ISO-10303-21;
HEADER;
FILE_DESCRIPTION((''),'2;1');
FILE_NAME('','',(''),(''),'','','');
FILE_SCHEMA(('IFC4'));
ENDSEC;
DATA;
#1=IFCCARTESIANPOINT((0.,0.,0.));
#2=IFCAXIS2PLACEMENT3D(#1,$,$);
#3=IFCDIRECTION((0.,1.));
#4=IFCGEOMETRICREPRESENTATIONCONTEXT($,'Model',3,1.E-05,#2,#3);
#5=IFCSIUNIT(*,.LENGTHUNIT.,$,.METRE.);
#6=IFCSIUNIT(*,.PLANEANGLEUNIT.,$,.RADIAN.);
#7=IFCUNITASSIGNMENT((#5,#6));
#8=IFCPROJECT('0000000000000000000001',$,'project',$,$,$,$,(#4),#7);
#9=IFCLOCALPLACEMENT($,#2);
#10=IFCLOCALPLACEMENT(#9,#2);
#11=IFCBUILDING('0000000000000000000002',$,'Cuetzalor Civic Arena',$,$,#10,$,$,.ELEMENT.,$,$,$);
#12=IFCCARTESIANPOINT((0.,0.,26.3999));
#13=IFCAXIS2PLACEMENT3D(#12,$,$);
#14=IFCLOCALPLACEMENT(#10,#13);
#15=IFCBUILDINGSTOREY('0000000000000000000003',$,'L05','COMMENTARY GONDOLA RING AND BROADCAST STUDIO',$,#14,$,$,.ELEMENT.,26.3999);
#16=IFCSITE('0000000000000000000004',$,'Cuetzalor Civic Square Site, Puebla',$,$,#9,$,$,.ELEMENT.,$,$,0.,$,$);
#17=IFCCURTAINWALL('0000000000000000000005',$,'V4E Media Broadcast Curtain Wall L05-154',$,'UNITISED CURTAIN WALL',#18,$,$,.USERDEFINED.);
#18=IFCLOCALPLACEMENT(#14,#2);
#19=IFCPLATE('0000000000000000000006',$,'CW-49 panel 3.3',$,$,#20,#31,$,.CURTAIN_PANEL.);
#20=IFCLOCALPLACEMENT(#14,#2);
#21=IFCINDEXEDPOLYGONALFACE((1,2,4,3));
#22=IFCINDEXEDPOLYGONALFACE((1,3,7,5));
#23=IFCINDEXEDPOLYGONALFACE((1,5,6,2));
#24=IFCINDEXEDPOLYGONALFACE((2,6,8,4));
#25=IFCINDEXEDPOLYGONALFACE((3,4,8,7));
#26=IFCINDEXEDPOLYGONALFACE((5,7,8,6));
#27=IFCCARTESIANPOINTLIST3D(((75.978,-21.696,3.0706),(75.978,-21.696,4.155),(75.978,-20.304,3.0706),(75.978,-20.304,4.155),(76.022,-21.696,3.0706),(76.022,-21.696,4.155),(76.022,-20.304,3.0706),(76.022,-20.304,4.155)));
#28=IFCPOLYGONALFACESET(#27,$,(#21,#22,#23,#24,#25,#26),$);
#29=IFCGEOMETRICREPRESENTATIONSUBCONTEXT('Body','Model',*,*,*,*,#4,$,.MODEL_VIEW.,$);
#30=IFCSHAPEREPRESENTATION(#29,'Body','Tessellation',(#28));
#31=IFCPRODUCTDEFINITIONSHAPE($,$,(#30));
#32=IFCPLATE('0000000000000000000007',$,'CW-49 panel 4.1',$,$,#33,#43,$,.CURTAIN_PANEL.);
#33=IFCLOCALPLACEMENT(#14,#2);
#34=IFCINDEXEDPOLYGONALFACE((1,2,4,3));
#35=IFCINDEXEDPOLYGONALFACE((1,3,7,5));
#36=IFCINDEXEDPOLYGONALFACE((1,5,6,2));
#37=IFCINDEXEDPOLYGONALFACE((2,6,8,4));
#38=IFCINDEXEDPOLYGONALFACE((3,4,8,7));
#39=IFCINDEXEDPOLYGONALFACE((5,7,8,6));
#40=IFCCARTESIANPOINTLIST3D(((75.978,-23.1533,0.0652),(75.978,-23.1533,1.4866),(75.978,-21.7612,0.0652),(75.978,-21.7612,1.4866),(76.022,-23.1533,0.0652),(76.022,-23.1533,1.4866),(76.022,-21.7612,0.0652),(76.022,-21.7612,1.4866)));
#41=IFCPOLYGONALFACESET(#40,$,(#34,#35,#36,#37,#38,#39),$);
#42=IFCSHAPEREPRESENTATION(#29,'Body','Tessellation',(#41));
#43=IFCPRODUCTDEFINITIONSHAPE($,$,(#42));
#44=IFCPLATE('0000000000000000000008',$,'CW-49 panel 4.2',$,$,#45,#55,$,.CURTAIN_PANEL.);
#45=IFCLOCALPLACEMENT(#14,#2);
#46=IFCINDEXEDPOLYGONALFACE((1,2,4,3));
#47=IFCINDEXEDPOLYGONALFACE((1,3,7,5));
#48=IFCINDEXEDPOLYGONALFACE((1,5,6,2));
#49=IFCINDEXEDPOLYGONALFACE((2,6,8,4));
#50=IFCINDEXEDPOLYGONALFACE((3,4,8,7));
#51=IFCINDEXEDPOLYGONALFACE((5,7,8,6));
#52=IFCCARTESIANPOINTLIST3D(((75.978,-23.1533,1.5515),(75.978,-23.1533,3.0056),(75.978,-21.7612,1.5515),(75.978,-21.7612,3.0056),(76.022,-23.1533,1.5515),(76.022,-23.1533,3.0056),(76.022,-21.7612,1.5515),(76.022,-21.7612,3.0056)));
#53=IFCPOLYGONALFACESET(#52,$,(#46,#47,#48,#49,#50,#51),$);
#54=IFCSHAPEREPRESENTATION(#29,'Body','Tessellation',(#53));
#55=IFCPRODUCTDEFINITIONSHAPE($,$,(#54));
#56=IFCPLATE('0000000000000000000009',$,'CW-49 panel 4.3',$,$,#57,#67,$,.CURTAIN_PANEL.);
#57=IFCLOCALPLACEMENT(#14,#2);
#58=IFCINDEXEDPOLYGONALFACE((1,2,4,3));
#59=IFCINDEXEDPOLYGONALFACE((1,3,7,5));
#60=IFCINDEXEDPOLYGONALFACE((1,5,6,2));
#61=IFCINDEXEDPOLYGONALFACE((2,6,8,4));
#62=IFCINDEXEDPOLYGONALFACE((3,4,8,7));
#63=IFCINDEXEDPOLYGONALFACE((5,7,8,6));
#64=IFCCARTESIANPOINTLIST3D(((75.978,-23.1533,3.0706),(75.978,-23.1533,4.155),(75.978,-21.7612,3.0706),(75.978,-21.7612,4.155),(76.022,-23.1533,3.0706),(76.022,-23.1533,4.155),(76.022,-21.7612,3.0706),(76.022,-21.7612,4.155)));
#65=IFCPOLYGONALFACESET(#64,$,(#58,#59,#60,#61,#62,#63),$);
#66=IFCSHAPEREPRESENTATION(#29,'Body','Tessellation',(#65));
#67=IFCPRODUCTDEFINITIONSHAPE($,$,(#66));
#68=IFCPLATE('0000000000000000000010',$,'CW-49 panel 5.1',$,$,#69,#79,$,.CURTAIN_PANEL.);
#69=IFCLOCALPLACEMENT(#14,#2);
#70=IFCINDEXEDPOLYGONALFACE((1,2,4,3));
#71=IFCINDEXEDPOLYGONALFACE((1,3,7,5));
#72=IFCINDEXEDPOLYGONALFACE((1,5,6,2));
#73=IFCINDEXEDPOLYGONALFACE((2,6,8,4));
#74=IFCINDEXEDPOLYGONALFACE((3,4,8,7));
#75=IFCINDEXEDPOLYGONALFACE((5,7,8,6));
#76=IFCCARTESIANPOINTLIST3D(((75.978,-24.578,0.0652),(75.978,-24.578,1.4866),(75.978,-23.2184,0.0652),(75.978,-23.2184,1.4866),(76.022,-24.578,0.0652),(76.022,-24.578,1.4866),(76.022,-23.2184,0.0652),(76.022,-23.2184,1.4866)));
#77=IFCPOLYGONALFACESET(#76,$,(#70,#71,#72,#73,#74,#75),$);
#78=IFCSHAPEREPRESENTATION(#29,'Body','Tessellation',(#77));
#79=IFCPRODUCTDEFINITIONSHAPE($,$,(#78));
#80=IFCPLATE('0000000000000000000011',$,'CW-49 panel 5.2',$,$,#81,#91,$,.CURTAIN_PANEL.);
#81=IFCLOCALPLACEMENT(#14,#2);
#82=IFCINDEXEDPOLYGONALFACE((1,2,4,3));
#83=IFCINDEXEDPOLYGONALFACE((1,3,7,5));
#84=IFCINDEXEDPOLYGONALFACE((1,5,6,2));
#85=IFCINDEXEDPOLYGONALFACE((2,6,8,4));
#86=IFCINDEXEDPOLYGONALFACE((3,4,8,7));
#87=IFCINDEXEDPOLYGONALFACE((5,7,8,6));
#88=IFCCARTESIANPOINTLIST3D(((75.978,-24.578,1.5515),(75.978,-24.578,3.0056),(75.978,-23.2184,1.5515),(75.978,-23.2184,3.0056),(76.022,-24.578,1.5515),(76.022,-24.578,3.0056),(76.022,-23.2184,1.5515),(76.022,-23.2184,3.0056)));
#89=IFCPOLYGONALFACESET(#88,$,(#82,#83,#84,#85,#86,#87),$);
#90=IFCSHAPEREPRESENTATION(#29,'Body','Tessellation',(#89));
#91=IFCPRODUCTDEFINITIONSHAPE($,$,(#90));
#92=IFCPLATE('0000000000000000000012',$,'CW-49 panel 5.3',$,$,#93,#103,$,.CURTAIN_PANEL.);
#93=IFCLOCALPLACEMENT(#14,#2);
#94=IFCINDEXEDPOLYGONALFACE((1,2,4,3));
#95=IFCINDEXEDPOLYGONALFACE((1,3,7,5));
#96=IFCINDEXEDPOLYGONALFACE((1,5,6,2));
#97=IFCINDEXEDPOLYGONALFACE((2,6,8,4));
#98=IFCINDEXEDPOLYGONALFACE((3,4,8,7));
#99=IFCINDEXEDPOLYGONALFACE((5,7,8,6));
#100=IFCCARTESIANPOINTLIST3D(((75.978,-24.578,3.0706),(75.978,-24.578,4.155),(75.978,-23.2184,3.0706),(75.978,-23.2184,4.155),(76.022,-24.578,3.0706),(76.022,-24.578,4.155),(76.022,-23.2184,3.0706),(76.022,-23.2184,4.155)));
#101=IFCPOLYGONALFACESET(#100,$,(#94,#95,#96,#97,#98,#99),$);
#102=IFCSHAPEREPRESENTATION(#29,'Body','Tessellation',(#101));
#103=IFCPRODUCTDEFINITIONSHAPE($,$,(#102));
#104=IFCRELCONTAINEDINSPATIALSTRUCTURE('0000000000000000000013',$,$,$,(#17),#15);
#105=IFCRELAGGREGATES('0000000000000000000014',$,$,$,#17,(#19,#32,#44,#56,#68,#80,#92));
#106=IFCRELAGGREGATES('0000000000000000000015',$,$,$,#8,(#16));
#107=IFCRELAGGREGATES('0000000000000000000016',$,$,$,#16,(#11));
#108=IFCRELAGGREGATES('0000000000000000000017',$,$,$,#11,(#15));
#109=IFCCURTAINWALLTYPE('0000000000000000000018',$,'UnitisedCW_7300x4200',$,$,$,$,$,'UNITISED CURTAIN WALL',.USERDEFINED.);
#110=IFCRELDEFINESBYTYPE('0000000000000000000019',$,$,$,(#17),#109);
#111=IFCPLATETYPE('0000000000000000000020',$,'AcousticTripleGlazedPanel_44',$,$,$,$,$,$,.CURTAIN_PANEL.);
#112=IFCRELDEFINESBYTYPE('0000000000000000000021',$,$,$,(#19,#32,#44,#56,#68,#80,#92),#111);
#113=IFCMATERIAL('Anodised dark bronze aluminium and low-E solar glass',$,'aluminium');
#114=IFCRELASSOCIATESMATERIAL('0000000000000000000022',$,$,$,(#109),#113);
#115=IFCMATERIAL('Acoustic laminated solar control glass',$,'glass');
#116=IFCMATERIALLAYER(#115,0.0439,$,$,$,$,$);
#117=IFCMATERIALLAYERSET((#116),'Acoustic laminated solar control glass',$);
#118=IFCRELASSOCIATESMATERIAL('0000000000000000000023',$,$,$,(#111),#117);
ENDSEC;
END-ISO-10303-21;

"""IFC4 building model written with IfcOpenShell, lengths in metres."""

from ifc_helpers import new_model, si_unit, direction, frame, origin, origin_2d, place, context, subcontext, project, spatial, rectangle, extrude, material, layer, layer_set, type_object, element, aggregate, save


model = new_model("IFC4")

# Units and contexts
model_context = context("Model", 3, precision=1e-05, world=origin(), true_north=direction((0.0, 1.0)))
body_context = subcontext(model_context, "Body", "Model", "MODEL_VIEW")
ifc_project = project(units=[si_unit("LENGTHUNIT", "METRE"), si_unit("PLANEANGLEUNIT", "RADIAN")], contexts=[model_context])

# Site, building, storey
site_placement = place(None, origin())
site = spatial("IfcSite", under=ifc_project, at=site_placement, Name="Cuetzalor Civic Square Site, Puebla", CompositionType="ELEMENT", RefElevation=0.0)
building_placement = place(site_placement, origin())
building = spatial("IfcBuilding", under=site, at=building_placement, Name="Cuetzalor Civic Arena", CompositionType="ELEMENT")
storey_placement = place(building_placement, frame((0.0, 0.0, 26.3999)))
storey = spatial("IfcBuildingStorey", under=building, at=storey_placement, Name="L05", Description="COMMENTARY GONDOLA RING AND BROADCAST STUDIO", CompositionType="ELEMENT", Elevation=26.3999)

# Curtain wall, plates
ifc_material_1 = material(Name="Anodised dark bronze aluminium and low-E solar glass", Category="aluminium")
curtain_wall_type = type_object("IfcCurtainWallType", Name="UnitisedCW_7300x4200", ElementType="UNITISED CURTAIN WALL", PredefinedType="USERDEFINED", material=ifc_material_1)
curtain_wall_placement = place(storey_placement, origin())
curtain_wall = element("IfcCurtainWall", 1, at=curtain_wall_placement, inside=storey, type_object=curtain_wall_type, Name="V4E Media Broadcast Curtain Wall L05-154", ObjectType="UNITISED CURTAIN WALL", PredefinedType="USERDEFINED")
ifc_material_2 = material(Name="Acoustic laminated solar control glass", Category="glass")
ifc_layer = layer(ifc_material_2, 0.0439)
ifc_layer_set = layer_set([ifc_layer], Name="Acoustic laminated solar control glass")
plate_type = type_object("IfcPlateType", Name="AcousticTripleGlazedPanel_44", PredefinedType="CURTAIN_PANEL", material=ifc_layer_set)
plate_1_placement = place(storey_placement, frame((76.0, -21.0, 3.0706), z_axis=(0.0, 0.0, 1.0), x_axis=(0.0, -1.0, 0.0)))
plate_1 = element("IfcPlate", 2, at=plate_1_placement, type_object=plate_type, Name="CW-49 panel 3.3", PredefinedType="CURTAIN_PANEL", context=body_context, shape_type="SweptSolid", body=[
    extrude(rectangle(XDim=1.3921, YDim=0.0439, at=origin_2d()), origin(), (0.0, 0.0, 1.0), 1.0845),
])
plate_2_placement = place(storey_placement, frame((76.0, -22.4573, 0.0652), z_axis=(0.0, 0.0, 1.0), x_axis=(0.0, -1.0, 0.0)))
plate_2 = element("IfcPlate", 3, at=plate_2_placement, type_object=plate_type, Name="CW-49 panel 4.1", PredefinedType="CURTAIN_PANEL", context=body_context, shape_type="SweptSolid", body=[
    extrude(rectangle(XDim=1.3921, YDim=0.0439, at=origin_2d()), origin(), (0.0, 0.0, 1.0), 1.4214),
])
plate_3_placement = place(storey_placement, frame((76.0, -22.4573, 1.5515), z_axis=(0.0, 0.0, 1.0), x_axis=(0.0, -1.0, 0.0)))
plate_3 = element("IfcPlate", 4, at=plate_3_placement, type_object=plate_type, Name="CW-49 panel 4.2", PredefinedType="CURTAIN_PANEL", context=body_context, shape_type="SweptSolid", body=[
    extrude(rectangle(XDim=1.3921, YDim=0.0439, at=origin_2d()), origin(), (0.0, 0.0, 1.0), 1.4541),
])
plate_4_placement = place(storey_placement, frame((76.0, -22.4573, 3.0706), z_axis=(0.0, 0.0, 1.0), x_axis=(0.0, -1.0, 0.0)))
plate_4 = element("IfcPlate", 5, at=plate_4_placement, type_object=plate_type, Name="CW-49 panel 4.3", PredefinedType="CURTAIN_PANEL", context=body_context, shape_type="SweptSolid", body=[
    extrude(rectangle(XDim=1.3921, YDim=0.0439, at=origin_2d()), origin(), (0.0, 0.0, 1.0), 1.0845),
])
plate_5_placement = place(storey_placement, frame((76.0, -23.8982, 0.0652), z_axis=(0.0, 0.0, 1.0), x_axis=(0.0, -1.0, 0.0)))
plate_5 = element("IfcPlate", 6, at=plate_5_placement, type_object=plate_type, Name="CW-49 panel 5.1", PredefinedType="CURTAIN_PANEL", context=body_context, shape_type="SweptSolid", body=[
    extrude(rectangle(XDim=1.3596, YDim=0.0439, at=origin_2d()), origin(), (0.0, 0.0, 1.0), 1.4214),
])
plate_6_placement = place(storey_placement, frame((76.0, -23.8982, 1.5515), z_axis=(0.0, 0.0, 1.0), x_axis=(0.0, -1.0, 0.0)))
plate_6 = element("IfcPlate", 7, at=plate_6_placement, type_object=plate_type, Name="CW-49 panel 5.2", PredefinedType="CURTAIN_PANEL", context=body_context, shape_type="SweptSolid", body=[
    extrude(rectangle(XDim=1.3596, YDim=0.0439, at=origin_2d()), origin(), (0.0, 0.0, 1.0), 1.4541),
])
plate_7_placement = place(storey_placement, frame((76.0, -23.8982, 3.0706), z_axis=(0.0, 0.0, 1.0), x_axis=(0.0, -1.0, 0.0)))
plate_7 = element("IfcPlate", 8, at=plate_7_placement, type_object=plate_type, Name="CW-49 panel 5.3", PredefinedType="CURTAIN_PANEL", context=body_context, shape_type="SweptSolid", body=[
    extrude(rectangle(XDim=1.3596, YDim=0.0439, at=origin_2d()), origin(), (0.0, 0.0, 1.0), 1.0845),
])
aggregate(curtain_wall, [plate_1, plate_2, plate_3, plate_4, plate_5, plate_6, plate_7])

save(model, "model.ifc")
